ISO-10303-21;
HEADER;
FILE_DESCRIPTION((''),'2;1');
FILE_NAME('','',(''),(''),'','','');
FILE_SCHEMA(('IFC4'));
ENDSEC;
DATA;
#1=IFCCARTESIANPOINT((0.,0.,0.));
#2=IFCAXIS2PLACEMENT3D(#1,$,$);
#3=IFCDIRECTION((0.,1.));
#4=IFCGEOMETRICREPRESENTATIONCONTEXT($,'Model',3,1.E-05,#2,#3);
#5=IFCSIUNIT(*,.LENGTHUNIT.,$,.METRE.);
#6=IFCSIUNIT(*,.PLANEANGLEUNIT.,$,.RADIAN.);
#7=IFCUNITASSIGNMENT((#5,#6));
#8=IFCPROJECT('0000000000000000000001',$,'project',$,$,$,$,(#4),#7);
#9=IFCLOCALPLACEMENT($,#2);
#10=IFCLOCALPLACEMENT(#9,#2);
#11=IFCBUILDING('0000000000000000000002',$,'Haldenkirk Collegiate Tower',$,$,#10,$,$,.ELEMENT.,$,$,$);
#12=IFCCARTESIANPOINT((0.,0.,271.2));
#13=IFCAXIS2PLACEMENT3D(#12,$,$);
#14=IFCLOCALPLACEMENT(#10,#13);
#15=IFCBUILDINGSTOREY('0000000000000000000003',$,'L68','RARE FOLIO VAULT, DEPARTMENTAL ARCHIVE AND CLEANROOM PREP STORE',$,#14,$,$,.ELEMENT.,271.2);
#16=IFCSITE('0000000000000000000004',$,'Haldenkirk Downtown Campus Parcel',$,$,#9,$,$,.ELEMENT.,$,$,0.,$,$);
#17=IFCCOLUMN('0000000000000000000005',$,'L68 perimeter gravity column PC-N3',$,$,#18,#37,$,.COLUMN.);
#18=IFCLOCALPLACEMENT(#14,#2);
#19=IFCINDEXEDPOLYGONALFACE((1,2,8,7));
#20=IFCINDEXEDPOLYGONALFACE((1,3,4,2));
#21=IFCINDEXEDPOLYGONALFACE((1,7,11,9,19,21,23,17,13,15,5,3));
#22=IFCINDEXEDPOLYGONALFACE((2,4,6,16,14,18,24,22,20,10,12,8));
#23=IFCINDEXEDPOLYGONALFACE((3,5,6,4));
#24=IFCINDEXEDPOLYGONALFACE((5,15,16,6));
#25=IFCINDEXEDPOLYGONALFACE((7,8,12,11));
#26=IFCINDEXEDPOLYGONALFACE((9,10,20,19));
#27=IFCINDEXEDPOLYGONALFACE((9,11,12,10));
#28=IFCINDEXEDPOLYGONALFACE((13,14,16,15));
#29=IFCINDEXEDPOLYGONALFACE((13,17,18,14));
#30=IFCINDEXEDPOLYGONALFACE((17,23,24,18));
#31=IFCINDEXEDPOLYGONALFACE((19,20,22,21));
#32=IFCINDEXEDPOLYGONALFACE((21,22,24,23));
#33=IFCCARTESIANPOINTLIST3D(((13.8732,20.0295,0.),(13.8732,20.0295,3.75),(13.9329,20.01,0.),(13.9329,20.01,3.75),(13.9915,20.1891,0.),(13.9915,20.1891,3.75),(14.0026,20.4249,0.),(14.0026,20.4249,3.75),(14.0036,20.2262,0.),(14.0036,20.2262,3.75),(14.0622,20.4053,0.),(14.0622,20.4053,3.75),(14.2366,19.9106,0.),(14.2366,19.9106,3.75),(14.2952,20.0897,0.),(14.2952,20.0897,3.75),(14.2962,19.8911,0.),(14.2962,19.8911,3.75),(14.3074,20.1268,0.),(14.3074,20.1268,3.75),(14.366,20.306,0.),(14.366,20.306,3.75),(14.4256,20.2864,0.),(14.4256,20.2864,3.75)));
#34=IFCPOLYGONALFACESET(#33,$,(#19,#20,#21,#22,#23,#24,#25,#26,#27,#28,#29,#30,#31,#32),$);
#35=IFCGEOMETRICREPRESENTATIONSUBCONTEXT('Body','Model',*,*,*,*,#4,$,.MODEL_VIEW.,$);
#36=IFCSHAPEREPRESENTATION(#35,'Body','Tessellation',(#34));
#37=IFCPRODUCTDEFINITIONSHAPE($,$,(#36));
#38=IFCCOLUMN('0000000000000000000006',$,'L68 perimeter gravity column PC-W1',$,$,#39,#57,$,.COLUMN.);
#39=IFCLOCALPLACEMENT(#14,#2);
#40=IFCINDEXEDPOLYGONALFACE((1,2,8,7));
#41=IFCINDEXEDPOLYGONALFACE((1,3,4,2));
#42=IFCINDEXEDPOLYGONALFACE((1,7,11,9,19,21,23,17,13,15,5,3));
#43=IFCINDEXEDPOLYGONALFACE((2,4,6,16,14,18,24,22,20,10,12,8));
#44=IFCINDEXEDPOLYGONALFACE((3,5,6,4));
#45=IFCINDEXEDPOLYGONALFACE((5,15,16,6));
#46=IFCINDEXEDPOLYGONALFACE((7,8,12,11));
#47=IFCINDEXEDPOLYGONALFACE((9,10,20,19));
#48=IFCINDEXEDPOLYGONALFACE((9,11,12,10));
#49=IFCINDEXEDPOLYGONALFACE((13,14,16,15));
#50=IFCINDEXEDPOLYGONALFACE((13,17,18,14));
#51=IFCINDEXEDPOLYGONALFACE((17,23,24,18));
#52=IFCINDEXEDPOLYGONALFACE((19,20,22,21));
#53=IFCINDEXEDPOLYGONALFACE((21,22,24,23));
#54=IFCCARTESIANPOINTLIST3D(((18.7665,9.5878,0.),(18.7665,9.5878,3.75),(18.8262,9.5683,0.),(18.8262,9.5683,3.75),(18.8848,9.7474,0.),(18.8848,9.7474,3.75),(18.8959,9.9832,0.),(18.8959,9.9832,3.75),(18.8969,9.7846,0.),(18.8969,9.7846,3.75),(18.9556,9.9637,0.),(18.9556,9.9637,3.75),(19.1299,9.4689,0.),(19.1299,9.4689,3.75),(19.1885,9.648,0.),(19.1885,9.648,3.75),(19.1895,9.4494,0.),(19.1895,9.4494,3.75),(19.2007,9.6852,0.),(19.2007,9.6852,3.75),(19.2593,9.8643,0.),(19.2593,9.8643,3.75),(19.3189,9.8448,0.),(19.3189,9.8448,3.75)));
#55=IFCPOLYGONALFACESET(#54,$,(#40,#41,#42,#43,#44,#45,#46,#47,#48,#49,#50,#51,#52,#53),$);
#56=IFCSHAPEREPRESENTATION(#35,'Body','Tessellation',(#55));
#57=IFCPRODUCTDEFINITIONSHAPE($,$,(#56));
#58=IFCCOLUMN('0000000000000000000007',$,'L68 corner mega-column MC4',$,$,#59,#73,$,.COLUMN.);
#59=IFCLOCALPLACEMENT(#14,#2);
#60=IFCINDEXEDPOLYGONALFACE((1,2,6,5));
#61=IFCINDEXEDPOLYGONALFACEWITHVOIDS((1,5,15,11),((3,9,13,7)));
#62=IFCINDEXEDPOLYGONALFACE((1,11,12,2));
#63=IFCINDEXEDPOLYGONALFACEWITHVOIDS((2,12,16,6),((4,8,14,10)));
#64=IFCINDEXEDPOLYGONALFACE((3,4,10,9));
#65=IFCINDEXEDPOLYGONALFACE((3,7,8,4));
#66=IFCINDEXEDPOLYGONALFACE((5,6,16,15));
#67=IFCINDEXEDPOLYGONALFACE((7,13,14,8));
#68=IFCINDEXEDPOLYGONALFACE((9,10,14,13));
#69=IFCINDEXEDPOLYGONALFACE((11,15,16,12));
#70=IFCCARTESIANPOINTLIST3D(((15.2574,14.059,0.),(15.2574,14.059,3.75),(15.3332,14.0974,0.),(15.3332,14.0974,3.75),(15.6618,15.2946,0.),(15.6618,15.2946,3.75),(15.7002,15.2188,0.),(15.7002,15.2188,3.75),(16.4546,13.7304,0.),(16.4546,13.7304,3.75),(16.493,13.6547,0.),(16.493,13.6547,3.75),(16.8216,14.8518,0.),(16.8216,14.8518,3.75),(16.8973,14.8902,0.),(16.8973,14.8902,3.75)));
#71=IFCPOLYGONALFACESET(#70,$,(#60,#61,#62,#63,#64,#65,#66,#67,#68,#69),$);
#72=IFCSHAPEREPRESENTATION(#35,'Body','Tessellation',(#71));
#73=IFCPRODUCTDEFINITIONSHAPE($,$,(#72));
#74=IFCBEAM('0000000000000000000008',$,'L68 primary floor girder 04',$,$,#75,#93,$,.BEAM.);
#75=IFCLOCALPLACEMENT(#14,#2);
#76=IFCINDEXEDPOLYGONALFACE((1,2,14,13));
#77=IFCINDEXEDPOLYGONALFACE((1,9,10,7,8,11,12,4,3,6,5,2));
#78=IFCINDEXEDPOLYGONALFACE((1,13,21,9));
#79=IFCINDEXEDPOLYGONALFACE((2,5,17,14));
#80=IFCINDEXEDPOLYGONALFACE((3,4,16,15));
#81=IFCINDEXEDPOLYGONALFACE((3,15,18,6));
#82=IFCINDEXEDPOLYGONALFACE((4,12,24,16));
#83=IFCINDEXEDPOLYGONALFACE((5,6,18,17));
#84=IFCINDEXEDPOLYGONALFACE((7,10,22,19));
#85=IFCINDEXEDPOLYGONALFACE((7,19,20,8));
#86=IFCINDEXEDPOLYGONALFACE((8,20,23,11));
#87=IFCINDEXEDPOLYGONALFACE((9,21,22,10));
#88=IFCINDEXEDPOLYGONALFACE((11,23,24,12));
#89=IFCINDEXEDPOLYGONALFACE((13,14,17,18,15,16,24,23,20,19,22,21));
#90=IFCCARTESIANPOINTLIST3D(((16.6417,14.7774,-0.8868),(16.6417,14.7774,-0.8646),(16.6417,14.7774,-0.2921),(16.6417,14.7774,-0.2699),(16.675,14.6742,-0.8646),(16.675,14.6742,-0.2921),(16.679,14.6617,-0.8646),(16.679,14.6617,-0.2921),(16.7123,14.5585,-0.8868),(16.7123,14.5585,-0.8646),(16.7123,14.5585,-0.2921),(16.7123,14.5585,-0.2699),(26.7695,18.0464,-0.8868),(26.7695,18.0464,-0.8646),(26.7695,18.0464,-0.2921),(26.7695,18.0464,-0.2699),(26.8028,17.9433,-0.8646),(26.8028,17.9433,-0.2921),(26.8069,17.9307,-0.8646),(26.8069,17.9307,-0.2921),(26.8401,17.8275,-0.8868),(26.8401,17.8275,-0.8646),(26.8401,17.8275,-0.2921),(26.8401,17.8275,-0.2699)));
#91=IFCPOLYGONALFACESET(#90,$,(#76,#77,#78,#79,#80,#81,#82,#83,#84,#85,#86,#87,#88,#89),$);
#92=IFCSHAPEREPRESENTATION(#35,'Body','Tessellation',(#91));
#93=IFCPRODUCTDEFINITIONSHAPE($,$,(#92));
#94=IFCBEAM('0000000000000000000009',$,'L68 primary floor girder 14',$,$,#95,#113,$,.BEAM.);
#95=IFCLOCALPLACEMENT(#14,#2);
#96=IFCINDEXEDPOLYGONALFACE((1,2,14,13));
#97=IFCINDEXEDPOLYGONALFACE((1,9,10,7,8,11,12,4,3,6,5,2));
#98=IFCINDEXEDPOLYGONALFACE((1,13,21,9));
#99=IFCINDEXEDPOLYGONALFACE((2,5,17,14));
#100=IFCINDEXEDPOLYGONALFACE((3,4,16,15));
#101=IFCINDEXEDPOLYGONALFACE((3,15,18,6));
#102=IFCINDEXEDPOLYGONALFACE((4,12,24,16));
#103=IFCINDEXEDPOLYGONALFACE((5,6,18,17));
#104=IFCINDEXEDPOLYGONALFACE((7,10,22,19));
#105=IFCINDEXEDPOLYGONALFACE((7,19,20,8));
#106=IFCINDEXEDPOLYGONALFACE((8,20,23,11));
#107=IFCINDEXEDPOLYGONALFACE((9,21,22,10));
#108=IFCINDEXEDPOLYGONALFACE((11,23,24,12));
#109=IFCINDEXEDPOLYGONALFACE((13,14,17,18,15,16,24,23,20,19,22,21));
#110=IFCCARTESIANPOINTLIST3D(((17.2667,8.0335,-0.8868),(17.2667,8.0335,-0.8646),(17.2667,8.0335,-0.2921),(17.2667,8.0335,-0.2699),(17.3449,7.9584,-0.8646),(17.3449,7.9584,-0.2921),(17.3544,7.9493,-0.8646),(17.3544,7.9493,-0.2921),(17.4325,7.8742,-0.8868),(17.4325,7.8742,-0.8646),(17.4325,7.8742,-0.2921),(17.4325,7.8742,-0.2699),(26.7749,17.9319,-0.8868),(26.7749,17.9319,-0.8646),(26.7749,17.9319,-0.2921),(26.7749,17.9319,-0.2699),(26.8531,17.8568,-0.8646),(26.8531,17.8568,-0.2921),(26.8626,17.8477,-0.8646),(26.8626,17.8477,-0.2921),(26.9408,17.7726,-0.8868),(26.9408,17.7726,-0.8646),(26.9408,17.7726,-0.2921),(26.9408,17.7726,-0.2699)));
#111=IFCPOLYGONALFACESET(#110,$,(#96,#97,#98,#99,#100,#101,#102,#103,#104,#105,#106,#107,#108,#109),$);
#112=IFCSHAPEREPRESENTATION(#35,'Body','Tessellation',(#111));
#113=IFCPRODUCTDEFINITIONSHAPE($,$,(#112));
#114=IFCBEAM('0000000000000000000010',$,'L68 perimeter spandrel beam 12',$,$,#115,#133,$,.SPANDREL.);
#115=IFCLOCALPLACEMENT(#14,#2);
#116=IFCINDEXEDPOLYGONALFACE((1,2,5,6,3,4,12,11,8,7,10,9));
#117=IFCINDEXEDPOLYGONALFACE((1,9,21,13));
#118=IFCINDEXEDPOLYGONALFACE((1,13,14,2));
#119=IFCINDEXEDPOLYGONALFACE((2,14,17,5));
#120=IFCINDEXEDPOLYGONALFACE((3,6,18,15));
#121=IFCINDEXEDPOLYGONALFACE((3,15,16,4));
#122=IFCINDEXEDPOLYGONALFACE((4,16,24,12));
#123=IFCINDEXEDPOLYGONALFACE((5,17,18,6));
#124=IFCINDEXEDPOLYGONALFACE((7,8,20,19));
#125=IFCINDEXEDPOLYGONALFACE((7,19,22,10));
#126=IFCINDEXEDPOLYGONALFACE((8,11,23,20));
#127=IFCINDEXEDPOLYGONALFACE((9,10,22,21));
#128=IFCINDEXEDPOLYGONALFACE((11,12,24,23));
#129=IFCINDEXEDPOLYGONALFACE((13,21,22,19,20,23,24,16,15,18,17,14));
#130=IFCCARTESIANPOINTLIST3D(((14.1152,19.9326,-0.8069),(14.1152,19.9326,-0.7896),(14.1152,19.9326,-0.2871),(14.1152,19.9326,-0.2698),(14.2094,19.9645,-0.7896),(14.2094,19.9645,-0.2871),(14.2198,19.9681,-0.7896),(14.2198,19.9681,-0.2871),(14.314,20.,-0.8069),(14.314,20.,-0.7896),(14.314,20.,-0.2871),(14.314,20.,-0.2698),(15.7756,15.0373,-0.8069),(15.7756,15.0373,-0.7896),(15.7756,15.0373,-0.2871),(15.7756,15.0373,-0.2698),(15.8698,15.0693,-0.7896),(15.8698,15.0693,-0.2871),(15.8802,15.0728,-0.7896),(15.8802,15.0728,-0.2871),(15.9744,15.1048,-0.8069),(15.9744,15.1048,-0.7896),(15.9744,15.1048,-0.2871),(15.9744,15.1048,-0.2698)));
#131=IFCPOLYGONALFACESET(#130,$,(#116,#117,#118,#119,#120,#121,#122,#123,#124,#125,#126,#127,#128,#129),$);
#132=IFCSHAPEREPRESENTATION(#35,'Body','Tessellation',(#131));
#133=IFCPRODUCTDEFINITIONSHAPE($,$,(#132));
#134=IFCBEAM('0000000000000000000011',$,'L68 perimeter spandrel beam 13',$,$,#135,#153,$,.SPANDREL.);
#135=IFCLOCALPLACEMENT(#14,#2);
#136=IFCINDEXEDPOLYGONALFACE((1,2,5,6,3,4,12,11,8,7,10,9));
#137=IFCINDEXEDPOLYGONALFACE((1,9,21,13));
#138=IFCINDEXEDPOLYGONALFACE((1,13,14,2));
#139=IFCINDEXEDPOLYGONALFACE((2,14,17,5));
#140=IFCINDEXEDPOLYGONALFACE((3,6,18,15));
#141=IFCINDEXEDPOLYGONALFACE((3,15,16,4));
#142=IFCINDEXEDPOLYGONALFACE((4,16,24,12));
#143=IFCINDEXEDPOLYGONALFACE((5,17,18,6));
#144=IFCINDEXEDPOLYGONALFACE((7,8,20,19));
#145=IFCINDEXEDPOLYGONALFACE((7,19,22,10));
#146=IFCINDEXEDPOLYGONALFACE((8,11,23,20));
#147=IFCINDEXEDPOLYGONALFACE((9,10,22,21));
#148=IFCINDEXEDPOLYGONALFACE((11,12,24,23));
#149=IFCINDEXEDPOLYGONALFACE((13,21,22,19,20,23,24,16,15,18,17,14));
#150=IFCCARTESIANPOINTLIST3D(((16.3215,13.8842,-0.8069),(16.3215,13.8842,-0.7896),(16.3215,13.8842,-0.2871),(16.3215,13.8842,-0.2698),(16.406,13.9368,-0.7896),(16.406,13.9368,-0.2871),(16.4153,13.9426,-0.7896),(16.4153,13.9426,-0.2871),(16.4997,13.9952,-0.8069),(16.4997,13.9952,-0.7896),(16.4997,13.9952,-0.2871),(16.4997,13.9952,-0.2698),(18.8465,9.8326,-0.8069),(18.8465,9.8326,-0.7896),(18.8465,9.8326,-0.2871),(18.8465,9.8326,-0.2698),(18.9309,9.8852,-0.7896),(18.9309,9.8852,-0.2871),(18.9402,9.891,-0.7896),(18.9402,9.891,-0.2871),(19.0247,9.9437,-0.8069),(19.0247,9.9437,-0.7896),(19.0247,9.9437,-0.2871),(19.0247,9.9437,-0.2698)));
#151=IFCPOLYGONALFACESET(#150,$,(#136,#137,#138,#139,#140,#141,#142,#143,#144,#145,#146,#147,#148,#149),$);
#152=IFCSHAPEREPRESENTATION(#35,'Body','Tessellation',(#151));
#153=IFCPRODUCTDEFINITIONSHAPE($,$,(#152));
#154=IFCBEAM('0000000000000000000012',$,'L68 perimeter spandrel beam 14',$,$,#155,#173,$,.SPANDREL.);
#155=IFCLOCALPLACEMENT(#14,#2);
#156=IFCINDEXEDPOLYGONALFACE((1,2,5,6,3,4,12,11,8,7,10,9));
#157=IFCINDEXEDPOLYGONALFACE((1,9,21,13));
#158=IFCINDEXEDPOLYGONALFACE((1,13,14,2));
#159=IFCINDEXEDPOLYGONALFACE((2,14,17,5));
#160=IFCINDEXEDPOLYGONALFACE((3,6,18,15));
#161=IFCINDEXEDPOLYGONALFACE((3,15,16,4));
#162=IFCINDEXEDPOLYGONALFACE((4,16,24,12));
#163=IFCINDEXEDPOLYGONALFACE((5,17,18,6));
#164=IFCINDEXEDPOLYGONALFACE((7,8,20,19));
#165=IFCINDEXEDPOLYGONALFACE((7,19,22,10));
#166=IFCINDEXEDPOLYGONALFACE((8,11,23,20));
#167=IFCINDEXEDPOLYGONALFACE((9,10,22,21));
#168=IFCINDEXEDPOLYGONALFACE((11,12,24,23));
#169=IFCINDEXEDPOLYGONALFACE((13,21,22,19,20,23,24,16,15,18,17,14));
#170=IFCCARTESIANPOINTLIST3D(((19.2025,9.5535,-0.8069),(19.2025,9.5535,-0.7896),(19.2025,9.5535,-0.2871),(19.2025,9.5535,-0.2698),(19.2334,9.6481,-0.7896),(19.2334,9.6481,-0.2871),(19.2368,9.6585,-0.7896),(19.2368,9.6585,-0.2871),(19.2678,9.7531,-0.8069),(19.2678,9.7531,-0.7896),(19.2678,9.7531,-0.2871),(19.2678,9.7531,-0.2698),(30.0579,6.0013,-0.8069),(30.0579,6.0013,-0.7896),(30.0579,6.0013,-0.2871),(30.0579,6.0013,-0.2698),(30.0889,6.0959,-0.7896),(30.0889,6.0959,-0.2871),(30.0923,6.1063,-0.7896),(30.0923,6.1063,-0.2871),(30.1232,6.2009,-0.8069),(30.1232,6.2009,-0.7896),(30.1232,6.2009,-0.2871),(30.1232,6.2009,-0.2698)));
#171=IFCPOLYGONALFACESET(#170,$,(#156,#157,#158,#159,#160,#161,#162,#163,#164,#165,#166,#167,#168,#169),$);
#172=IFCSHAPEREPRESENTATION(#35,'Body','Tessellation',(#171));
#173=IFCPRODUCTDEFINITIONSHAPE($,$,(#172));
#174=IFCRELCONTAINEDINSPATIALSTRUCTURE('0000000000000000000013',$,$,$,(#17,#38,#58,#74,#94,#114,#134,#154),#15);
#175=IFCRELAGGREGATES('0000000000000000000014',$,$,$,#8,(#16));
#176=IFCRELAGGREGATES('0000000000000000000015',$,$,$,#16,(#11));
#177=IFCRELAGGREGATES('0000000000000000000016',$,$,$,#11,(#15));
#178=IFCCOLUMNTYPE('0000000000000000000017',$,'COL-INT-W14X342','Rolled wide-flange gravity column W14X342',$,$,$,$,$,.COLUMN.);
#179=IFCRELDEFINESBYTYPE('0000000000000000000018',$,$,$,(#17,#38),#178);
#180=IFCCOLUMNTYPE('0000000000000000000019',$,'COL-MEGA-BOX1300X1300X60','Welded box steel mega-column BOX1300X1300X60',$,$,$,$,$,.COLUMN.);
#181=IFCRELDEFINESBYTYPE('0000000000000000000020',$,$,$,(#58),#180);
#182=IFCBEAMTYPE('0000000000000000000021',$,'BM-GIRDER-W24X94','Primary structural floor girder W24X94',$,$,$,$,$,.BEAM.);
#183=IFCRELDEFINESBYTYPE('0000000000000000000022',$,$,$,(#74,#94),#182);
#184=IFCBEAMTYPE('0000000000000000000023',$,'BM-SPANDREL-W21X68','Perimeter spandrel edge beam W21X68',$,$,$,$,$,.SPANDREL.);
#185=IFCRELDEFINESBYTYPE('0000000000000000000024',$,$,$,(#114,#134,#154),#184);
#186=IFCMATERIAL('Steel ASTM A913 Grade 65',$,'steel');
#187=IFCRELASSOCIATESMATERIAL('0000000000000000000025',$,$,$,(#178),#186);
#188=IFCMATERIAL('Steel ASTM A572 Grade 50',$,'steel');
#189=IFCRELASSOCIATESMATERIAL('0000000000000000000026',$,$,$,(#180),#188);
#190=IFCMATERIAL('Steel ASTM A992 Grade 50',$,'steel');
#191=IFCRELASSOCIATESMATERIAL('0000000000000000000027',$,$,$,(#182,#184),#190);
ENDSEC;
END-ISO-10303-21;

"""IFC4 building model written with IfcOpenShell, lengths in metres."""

from ifc_helpers import new_model, si_unit, direction, frame, origin, origin_2d, place, context, subcontext, project, spatial, hollow_rectangle, i_section, extrude, material, material_profile, profile_set, type_object, element, save


model = new_model("IFC4")

# Units and contexts
model_context = context("Model", 3, precision=1e-05, world=origin(), true_north=direction((0.0, 1.0)))
body_context = subcontext(model_context, "Body", "Model", "MODEL_VIEW")
ifc_project = project(units=[si_unit("LENGTHUNIT", "METRE"), si_unit("PLANEANGLEUNIT", "RADIAN")], contexts=[model_context])

# Site, building, storey
site_placement = place(None, origin())
site = spatial("IfcSite", under=ifc_project, at=site_placement, Name="Haldenkirk Downtown Campus Parcel", CompositionType="ELEMENT", RefElevation=0.0)
building_placement = place(site_placement, origin())
building = spatial("IfcBuilding", under=site, at=building_placement, Name="Haldenkirk Collegiate Tower", CompositionType="ELEMENT")
storey_placement = place(building_placement, frame((0.0, 0.0, 271.2)))
storey = spatial("IfcBuildingStorey", under=building, at=storey_placement, Name="L68", Description="RARE FOLIO VAULT, DEPARTMENTAL ARCHIVE AND CLEANROOM PREP STORE", CompositionType="ELEMENT", Elevation=271.2)

# Columns
ifc_material_1 = material(Name="Steel ASTM A913 Grade 65", Category="steel")
ifc_material_profile_1 = material_profile(ifc_material_1, i_section(OverallWidth=0.416, OverallDepth=0.4451, WebThickness=0.0391, FlangeThickness=0.0627, at=origin_2d()), Name="W14X342")
ifc_profile_set_1 = profile_set([ifc_material_profile_1], Name="Steel ASTM A913 Grade 65")
column_type_1 = type_object("IfcColumnType", Name="COL-INT-W14X342", Description="Rolled wide-flange gravity column W14X342", PredefinedType="COLUMN", material=ifc_profile_set_1)
for number, where, z_axis, x_axis, name in (
    (1, (14.1494, 20.158, 0.0), (0.0, 0.0, 1.0), (0.311008, 0.950407, 0.0), "L68 perimeter gravity column PC-N3"),
    (2, (19.0427, 9.7163, 0.0), (0.0, 0.0, 1.0), (0.311008, 0.950407, 0.0), "L68 perimeter gravity column PC-W1"),
):
    element("IfcColumn", number, at=place(storey_placement, frame(where, z_axis=z_axis, x_axis=x_axis)), inside=storey, type_object=column_type_1, Name=name, PredefinedType="COLUMN", context=body_context, shape_type="SweptSolid", body=[
        extrude(i_section(OverallWidth=0.416, OverallDepth=0.4451, WebThickness=0.0391, FlangeThickness=0.0627, at=origin_2d()), origin(), (0.0, 0.0, 1.0), 3.75),
    ])
ifc_material_2 = material(Name="Steel ASTM A572 Grade 50", Category="steel")
ifc_material_profile_2 = material_profile(ifc_material_2, hollow_rectangle(XDim=1.3, YDim=1.3, WallThickness=0.0601, at=origin_2d()), Name="BOX1300X1300X60")
ifc_profile_set_2 = profile_set([ifc_material_profile_2], Name="Steel ASTM A572 Grade 50")
column_type_2 = type_object("IfcColumnType", Name="COL-MEGA-BOX1300X1300X60", Description="Welded box steel mega-column BOX1300X1300X60", PredefinedType="COLUMN", material=ifc_profile_set_2)
column_placement = place(storey_placement, frame((16.0774, 14.4746, 0.0), z_axis=(0.0, 0.0, 1.0), x_axis=(0.311008, 0.950407, 0.0)))
element("IfcColumn", 3, at=column_placement, inside=storey, type_object=column_type_2, Name="L68 corner mega-column MC4", PredefinedType="COLUMN", context=body_context, shape_type="SweptSolid", body=[
    extrude(hollow_rectangle(XDim=1.3, YDim=1.3, WallThickness=0.0601, at=origin_2d()), origin(), (0.0, 0.0, 1.0), 3.75),
])

# Beams
ifc_material_3 = material(Name="Steel ASTM A992 Grade 50", Category="steel")
ifc_material_profile_3 = material_profile(ifc_material_3, i_section(OverallWidth=0.23, OverallDepth=0.6169, WebThickness=0.0132, FlangeThickness=0.0222, at=origin_2d()), Name="W24X94")
ifc_profile_set_3 = profile_set([ifc_material_profile_3], Name="Steel ASTM A992 Grade 50")
beam_type_1 = type_object("IfcBeamType", Name="BM-GIRDER-W24X94", Description="Primary structural floor girder W24X94", PredefinedType="BEAM", material=ifc_profile_set_3)
beam_1_placement = place(storey_placement, frame((16.677, 14.668, -0.5784), z_axis=(0.951655, 0.30717, 0.0), x_axis=(-0.30717, 0.951655, 0.0)))
element("IfcBeam", 4, at=beam_1_placement, inside=storey, type_object=beam_type_1, Name="L68 primary floor girder 04", PredefinedType="BEAM", context=body_context, shape_type="SweptSolid", body=[
    extrude(i_section(OverallWidth=0.23, OverallDepth=0.6169, WebThickness=0.0132, FlangeThickness=0.0222, at=origin_2d()), origin(), (0.0, 0.0, 1.0), 10.6423),
])
beam_2_placement = place(storey_placement, frame((17.3496, 7.9539, -0.5784), z_axis=(0.692752, 0.721176, 0.0), x_axis=(-0.721176, 0.692752, 0.0)))
element("IfcBeam", 5, at=beam_2_placement, inside=storey, type_object=beam_type_1, Name="L68 primary floor girder 14", PredefinedType="BEAM", context=body_context, shape_type="SweptSolid", body=[
    extrude(i_section(OverallWidth=0.23, OverallDepth=0.6169, WebThickness=0.0132, FlangeThickness=0.0222, at=origin_2d()), origin(), (0.0, 0.0, 1.0), 13.7253),
])
ifc_material_profile_4 = material_profile(ifc_material_3, i_section(OverallWidth=0.21, OverallDepth=0.5371, WebThickness=0.011, FlangeThickness=0.0173, at=origin_2d()), Name="W21X68")
ifc_profile_set_4 = profile_set([ifc_material_profile_4], Name="Steel ASTM A992 Grade 50")
beam_type_2 = type_object("IfcBeamType", Name="BM-SPANDREL-W21X68", Description="Perimeter spandrel edge beam W21X68", PredefinedType="SPANDREL", material=ifc_profile_set_4)
beam_3_placement = place(storey_placement, frame((14.2146, 19.9663, -0.5383), z_axis=(0.321211, -0.947008, 0.0), x_axis=(0.947008, 0.321211, 0.0)))
element("IfcBeam", 6, at=beam_3_placement, inside=storey, type_object=beam_type_2, Name="L68 perimeter spandrel beam 12", PredefinedType="SPANDREL", context=body_context, shape_type="SweptSolid", body=[
    extrude(i_section(OverallWidth=0.21, OverallDepth=0.5371, WebThickness=0.011, FlangeThickness=0.0173, at=origin_2d()), origin(), (0.0, 0.0, 1.0), 5.1692),
])
beam_4_placement = place(storey_placement, frame((16.4106, 13.9397, -0.5383), z_axis=(0.5289, -0.848684, 0.0), x_axis=(0.848684, 0.5289, 0.0)))
element("IfcBeam", 7, at=beam_4_placement, inside=storey, type_object=beam_type_2, Name="L68 perimeter spandrel beam 13", PredefinedType="SPANDREL", context=body_context, shape_type="SweptSolid", body=[
    extrude(i_section(OverallWidth=0.21, OverallDepth=0.5371, WebThickness=0.011, FlangeThickness=0.0173, at=origin_2d()), origin(), (0.0, 0.0, 1.0), 4.7739),
])
beam_5_placement = place(storey_placement, frame((19.2351, 9.6533, -0.5383), z_axis=(0.950409, -0.311003, 0.0), x_axis=(0.311003, 0.950409, 0.0)))
element("IfcBeam", 8, at=beam_5_placement, inside=storey, type_object=beam_type_2, Name="L68 perimeter spandrel beam 14", PredefinedType="SPANDREL", context=body_context, shape_type="SweptSolid", body=[
    extrude(i_section(OverallWidth=0.21, OverallDepth=0.5371, WebThickness=0.011, FlangeThickness=0.0173, at=origin_2d()), origin(), (0.0, 0.0, 1.0), 11.4219),
])

save(model, "model.ifc")
